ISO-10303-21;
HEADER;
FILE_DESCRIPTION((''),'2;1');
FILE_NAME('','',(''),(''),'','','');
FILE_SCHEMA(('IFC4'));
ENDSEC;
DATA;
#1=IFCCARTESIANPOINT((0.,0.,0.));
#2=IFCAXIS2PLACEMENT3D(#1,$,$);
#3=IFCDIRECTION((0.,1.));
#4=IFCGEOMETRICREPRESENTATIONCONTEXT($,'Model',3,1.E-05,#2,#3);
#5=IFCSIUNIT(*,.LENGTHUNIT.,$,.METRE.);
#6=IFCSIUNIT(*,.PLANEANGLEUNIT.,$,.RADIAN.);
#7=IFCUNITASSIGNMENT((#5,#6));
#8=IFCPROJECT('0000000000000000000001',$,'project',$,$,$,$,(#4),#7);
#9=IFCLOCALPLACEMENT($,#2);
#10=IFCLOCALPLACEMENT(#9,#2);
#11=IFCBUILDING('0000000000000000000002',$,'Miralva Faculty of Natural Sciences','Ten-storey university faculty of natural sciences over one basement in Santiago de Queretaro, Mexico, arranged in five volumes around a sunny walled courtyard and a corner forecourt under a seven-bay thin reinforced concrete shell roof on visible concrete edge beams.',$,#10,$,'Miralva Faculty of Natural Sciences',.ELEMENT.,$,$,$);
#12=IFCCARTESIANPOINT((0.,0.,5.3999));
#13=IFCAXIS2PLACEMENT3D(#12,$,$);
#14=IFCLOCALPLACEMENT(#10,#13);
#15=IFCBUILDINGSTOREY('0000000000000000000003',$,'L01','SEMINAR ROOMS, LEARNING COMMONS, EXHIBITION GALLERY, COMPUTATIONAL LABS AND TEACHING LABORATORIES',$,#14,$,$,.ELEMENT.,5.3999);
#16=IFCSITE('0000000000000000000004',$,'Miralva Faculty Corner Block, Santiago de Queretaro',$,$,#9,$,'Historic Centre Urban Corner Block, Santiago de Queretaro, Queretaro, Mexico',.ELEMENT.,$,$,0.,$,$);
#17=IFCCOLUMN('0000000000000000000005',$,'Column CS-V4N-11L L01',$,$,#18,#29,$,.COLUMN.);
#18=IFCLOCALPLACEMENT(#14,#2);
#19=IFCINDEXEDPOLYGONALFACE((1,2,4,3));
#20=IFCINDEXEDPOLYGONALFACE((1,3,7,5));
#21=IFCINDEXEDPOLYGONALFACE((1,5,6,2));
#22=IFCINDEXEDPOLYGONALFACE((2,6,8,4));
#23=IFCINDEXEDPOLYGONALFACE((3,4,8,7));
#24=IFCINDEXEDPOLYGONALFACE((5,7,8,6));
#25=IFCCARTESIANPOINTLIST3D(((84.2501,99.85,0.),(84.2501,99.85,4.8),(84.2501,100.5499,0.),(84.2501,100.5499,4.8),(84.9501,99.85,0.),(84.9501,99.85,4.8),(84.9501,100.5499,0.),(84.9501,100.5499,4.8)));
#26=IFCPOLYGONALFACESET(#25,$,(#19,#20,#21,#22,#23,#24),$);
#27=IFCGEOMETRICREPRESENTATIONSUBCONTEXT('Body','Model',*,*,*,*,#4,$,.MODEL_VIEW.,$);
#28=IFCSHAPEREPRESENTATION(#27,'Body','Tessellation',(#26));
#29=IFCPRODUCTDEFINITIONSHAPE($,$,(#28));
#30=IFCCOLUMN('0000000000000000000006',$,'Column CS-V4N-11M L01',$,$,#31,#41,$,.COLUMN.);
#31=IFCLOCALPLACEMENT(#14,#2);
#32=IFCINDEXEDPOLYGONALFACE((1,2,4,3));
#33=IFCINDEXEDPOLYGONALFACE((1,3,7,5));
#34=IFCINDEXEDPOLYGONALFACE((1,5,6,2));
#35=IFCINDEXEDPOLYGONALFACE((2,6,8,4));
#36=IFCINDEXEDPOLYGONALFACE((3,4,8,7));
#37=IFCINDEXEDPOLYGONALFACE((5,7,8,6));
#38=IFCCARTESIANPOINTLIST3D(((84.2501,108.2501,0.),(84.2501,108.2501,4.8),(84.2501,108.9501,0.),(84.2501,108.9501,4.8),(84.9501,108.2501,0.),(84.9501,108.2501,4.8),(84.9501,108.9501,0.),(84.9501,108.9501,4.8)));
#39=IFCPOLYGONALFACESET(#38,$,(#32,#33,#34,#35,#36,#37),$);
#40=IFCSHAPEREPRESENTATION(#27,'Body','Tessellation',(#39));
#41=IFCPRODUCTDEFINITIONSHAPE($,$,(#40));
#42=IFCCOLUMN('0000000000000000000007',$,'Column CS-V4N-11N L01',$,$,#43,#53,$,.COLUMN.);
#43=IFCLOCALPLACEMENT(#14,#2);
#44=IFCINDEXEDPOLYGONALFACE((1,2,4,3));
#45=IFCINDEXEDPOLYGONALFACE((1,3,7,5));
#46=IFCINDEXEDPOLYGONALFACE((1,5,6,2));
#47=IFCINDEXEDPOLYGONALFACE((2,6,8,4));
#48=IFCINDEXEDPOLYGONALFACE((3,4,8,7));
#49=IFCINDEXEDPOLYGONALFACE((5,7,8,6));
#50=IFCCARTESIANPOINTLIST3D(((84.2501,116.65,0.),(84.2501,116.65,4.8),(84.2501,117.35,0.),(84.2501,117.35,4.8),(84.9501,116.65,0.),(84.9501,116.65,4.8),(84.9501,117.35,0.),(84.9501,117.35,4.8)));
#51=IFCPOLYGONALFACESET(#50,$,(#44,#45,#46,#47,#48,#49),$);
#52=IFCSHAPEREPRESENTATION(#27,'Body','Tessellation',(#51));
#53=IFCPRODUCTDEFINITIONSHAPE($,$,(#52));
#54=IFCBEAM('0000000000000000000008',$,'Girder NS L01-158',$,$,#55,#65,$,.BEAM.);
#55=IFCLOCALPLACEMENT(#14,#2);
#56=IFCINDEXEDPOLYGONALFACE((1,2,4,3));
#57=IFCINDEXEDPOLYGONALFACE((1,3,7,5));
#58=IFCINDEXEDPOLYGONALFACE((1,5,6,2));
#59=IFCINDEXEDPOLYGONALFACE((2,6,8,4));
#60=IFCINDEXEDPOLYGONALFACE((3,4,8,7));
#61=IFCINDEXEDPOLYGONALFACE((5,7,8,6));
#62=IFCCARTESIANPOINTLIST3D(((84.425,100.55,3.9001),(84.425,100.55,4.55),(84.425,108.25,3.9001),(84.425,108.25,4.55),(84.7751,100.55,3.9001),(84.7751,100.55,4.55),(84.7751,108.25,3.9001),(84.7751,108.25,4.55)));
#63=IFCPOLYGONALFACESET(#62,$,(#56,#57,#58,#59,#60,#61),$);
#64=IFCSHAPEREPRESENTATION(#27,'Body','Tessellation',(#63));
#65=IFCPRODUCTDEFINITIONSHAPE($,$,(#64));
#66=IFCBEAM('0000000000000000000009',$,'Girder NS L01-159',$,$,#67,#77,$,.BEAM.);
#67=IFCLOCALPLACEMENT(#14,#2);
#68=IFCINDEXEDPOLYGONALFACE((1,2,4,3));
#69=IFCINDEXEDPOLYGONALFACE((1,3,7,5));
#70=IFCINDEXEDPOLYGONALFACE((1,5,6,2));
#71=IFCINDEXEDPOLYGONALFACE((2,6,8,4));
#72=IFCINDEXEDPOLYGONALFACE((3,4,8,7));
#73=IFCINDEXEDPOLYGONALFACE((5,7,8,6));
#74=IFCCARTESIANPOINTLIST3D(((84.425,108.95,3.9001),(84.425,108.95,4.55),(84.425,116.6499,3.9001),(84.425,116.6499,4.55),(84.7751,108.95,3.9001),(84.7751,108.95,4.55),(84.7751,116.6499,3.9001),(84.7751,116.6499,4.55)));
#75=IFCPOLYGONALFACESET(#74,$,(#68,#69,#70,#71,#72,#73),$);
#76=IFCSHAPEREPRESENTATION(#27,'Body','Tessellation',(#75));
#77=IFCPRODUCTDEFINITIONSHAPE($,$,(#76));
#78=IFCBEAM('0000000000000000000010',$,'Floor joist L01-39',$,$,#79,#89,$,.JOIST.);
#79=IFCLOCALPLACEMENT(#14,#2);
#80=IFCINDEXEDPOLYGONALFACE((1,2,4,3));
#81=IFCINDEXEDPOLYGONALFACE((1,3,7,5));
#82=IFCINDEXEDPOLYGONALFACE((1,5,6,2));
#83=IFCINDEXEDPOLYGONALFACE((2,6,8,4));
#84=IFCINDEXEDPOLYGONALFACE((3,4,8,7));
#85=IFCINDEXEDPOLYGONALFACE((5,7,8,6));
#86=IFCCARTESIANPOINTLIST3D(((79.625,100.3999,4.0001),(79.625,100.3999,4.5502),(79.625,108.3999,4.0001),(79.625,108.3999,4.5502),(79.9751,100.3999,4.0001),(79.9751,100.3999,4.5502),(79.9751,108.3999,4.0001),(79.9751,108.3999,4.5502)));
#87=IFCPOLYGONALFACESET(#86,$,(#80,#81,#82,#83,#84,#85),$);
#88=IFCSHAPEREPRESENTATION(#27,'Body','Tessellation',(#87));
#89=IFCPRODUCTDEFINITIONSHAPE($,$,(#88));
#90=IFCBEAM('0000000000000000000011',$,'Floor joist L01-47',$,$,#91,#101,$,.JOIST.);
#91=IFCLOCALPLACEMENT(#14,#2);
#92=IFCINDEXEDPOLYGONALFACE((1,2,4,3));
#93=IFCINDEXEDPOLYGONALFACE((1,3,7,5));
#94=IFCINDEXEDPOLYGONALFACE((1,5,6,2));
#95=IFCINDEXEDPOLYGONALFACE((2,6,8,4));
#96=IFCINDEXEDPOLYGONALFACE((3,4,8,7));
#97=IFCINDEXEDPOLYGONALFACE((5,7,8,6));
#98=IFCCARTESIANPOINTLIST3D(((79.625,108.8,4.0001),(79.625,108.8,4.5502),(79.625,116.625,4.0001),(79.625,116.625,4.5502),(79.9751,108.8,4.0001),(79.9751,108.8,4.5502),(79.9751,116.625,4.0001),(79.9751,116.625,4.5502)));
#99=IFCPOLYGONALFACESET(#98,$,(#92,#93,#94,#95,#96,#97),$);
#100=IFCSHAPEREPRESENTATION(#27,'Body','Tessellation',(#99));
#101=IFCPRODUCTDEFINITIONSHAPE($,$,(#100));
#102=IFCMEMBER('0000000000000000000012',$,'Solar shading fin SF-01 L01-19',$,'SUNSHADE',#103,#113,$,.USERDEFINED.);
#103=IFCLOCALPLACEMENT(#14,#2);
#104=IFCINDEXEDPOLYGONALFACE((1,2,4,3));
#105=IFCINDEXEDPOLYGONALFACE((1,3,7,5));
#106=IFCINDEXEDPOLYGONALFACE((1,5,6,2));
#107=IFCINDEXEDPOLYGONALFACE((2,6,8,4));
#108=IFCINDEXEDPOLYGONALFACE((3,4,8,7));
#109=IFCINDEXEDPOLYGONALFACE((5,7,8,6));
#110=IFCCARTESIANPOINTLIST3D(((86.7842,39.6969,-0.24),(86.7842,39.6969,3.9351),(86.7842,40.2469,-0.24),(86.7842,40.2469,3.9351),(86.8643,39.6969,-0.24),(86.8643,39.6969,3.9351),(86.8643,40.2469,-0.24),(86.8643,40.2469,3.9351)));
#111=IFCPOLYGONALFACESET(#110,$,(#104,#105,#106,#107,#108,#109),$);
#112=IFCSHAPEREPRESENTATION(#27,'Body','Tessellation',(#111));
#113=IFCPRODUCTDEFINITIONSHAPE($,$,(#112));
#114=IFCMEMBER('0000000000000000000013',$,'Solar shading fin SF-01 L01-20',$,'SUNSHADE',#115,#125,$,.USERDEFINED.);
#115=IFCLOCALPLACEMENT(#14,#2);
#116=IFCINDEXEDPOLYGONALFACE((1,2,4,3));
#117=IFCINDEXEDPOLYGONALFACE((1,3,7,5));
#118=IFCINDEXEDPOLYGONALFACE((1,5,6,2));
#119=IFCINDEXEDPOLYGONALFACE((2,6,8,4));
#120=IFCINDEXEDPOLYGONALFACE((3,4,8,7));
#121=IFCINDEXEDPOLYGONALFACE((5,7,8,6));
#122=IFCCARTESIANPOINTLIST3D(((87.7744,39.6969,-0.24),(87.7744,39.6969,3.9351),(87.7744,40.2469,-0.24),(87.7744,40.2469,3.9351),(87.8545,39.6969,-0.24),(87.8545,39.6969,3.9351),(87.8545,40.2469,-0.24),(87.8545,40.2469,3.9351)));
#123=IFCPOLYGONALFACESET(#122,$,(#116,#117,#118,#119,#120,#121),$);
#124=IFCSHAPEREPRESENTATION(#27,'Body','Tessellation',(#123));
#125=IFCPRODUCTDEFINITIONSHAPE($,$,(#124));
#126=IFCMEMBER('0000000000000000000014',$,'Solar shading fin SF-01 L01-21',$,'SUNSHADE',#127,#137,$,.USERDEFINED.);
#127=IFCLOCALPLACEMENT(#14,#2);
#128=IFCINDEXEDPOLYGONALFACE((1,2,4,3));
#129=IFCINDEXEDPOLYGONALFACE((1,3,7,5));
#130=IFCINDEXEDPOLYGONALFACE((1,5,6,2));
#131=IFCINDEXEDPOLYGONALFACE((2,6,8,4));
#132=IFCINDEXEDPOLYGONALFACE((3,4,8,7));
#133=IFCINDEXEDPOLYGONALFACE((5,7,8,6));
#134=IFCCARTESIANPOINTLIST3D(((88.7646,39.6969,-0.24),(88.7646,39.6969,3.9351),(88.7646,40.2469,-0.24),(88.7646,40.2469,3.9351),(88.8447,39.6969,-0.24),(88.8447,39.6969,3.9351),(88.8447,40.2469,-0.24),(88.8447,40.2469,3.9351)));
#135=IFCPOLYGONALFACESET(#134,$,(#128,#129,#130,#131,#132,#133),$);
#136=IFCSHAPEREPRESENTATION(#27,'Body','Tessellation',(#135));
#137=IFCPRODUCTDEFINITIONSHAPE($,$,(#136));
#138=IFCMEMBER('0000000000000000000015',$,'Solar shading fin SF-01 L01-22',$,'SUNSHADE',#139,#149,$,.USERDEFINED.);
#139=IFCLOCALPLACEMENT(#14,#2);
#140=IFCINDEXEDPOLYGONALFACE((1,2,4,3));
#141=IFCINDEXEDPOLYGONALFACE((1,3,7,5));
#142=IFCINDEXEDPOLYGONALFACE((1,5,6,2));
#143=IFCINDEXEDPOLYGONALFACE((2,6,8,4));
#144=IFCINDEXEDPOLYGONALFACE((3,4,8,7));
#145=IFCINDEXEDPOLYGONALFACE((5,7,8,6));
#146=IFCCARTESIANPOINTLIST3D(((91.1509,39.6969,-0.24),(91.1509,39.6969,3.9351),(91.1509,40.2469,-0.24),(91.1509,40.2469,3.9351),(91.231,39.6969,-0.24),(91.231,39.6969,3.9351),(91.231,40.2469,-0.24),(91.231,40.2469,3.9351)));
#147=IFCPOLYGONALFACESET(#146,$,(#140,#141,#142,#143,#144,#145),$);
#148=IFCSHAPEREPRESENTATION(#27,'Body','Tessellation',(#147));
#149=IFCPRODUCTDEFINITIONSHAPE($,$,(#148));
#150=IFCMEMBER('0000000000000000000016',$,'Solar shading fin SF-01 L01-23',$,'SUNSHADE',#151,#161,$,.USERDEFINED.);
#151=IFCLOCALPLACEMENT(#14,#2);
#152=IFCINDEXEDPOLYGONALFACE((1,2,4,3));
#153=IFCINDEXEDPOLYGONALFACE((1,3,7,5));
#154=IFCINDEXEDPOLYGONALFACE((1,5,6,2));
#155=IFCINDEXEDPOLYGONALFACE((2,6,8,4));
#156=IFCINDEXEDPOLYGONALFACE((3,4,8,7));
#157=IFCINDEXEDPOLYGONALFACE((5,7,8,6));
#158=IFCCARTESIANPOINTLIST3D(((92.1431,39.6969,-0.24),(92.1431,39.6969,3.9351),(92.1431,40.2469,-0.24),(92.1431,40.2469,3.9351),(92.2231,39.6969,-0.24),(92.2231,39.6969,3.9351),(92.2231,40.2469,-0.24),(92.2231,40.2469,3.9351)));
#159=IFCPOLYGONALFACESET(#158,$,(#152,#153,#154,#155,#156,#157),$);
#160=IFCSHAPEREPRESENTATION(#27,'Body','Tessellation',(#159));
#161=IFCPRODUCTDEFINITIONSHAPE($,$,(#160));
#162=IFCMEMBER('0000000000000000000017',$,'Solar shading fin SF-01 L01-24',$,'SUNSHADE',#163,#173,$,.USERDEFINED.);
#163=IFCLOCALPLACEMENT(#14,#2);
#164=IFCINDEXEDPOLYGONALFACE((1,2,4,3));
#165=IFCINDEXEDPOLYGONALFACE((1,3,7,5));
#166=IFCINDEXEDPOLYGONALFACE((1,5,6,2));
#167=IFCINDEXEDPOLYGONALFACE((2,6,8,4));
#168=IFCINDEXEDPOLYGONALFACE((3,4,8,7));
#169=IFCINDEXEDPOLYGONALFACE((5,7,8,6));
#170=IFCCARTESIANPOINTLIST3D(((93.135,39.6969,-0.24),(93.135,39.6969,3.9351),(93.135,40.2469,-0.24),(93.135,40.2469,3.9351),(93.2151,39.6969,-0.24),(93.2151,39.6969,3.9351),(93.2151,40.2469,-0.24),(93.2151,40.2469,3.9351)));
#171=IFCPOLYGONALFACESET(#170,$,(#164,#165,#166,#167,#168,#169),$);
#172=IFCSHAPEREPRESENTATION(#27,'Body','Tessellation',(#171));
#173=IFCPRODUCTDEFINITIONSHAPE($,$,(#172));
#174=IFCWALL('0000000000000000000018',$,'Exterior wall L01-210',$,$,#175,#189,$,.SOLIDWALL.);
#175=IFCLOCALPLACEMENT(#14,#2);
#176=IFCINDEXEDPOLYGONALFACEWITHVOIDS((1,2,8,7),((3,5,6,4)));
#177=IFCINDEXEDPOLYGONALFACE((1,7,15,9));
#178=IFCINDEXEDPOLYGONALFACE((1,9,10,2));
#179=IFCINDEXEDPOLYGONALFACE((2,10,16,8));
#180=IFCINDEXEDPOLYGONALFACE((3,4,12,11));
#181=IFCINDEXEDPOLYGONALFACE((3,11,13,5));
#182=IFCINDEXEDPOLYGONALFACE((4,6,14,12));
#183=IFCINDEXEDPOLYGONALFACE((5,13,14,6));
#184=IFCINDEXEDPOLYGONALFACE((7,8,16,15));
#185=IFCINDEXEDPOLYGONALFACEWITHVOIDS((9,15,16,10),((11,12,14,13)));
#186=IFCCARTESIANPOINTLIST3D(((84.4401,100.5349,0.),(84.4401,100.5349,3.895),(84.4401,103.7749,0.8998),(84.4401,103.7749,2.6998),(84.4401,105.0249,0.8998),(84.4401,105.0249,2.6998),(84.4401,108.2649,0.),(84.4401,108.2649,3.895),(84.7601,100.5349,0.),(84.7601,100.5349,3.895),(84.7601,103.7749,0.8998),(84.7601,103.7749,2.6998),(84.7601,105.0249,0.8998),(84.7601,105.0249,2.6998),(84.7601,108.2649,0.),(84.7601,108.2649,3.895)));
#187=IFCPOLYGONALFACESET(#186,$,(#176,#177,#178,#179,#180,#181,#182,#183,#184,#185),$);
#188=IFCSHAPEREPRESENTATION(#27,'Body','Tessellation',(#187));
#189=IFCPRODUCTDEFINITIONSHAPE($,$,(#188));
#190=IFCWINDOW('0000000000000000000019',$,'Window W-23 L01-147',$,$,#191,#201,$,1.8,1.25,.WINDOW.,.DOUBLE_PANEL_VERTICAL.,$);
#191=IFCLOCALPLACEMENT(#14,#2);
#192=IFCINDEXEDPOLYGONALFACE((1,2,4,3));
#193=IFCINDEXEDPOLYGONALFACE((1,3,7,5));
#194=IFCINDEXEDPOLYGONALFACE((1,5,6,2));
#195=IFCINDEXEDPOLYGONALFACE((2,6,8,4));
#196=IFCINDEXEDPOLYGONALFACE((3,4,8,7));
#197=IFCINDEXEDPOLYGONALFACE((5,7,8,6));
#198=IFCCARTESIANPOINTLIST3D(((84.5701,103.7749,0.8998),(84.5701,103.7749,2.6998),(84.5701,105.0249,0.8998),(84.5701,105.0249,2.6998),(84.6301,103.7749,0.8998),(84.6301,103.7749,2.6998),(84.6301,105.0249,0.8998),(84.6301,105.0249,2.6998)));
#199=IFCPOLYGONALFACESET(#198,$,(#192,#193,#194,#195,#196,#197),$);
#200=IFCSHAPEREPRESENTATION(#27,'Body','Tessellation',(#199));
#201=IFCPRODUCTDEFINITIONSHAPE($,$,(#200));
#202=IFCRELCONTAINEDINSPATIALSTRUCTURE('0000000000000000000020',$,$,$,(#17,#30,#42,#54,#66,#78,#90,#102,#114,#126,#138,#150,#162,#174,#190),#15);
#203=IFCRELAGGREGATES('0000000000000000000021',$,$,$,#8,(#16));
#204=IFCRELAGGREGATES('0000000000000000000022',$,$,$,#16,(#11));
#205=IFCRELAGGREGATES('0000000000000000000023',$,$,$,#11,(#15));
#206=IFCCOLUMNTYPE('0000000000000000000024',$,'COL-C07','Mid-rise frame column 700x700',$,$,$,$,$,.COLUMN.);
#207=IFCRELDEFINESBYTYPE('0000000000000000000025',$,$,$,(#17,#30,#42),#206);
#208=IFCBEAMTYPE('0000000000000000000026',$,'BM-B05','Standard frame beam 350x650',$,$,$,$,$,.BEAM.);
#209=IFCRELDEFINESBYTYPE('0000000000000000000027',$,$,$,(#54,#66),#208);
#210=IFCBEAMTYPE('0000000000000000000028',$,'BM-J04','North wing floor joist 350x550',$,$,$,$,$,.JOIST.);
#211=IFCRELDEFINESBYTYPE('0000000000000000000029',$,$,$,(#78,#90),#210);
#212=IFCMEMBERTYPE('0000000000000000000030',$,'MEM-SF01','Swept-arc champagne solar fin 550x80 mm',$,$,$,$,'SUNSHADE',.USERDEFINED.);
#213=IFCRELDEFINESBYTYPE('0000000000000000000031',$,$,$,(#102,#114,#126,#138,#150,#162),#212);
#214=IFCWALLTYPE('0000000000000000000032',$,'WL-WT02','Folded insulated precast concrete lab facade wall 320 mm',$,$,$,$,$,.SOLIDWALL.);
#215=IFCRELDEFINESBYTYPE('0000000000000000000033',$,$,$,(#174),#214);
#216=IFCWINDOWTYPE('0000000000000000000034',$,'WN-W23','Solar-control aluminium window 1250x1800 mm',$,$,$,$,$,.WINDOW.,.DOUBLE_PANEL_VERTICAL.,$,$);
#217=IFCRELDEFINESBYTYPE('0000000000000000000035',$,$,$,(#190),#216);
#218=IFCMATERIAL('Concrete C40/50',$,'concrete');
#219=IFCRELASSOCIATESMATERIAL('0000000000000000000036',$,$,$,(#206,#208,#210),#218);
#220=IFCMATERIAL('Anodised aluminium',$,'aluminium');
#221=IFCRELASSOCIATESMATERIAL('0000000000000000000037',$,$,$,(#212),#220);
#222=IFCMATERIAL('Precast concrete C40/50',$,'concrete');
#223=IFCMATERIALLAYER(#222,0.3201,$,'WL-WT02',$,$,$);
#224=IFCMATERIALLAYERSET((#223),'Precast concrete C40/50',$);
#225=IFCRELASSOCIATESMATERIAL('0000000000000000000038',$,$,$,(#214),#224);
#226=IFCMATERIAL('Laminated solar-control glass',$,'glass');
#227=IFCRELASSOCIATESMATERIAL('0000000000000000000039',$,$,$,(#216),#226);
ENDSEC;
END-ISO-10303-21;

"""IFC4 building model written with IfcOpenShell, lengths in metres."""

from ifc_helpers import new_model, si_unit, direction, frame, frame_2d, origin, origin_2d, place, context, subcontext, project, spatial, rectangle, extrude, material, layer, layer_set, material_profile, profile_set, type_object, element, fill, save


model = new_model("IFC4")

# Units and contexts
model_context = context("Model", 3, precision=1e-05, world=origin(), true_north=direction((0.0, 1.0)))
body_context = subcontext(model_context, "Body", "Model", "MODEL_VIEW")
ifc_project = project(units=[si_unit("LENGTHUNIT", "METRE"), si_unit("PLANEANGLEUNIT", "RADIAN")], contexts=[model_context])

# Site, building, storey
site_placement = place(None, origin())
site = spatial("IfcSite", under=ifc_project, at=site_placement, Name="Miralva Faculty Corner Block, Santiago de Queretaro", LongName="Historic Centre Urban Corner Block, Santiago de Queretaro, Queretaro, Mexico", CompositionType="ELEMENT", RefElevation=0.0)
building_placement = place(site_placement, origin())
building = spatial("IfcBuilding", under=site, at=building_placement, Name="Miralva Faculty of Natural Sciences", Description="Ten-storey university faculty of natural sciences over one basement in Santiago de Queretaro, Mexico, arranged in five volumes around a sunny walled courtyard and a corner forecourt under a seven-bay thin reinforced concrete shell roof on visible concrete edge beams.", LongName="Miralva Faculty of Natural Sciences", CompositionType="ELEMENT")
storey_placement = place(building_placement, frame((0.0, 0.0, 5.3999)))
storey = spatial("IfcBuildingStorey", under=building, at=storey_placement, Name="L01", Description="SEMINAR ROOMS, LEARNING COMMONS, EXHIBITION GALLERY, COMPUTATIONAL LABS AND TEACHING LABORATORIES", CompositionType="ELEMENT", Elevation=5.3999)

# Columns
ifc_material_1 = material(Name="Concrete C40/50", Category="concrete")
ifc_material_profile_1 = material_profile(ifc_material_1, rectangle(XDim=0.7, YDim=0.7, at=origin_2d()), Name="RC 700x700")
ifc_profile_set_1 = profile_set([ifc_material_profile_1], Name="Concrete C40/50")
column_type = type_object("IfcColumnType", Name="COL-C07", Description="Mid-rise frame column 700x700", PredefinedType="COLUMN", material=ifc_profile_set_1)
for number, where, z_axis, x_axis, name in (
    (1, (84.6001, 100.2, 0.0), (0.0, 0.0, 1.0), (1.0, 0.0, 0.0), "Column CS-V4N-11L L01"),
    (2, (84.6001, 108.6001, 0.0), (0.0, 0.0, 1.0), (1.0, 0.0, 0.0), "Column CS-V4N-11M L01"),
    (3, (84.6001, 117.0, 0.0), (0.0, 0.0, 1.0), (1.0, 0.0, 0.0), "Column CS-V4N-11N L01"),
):
    element("IfcColumn", number, at=place(storey_placement, frame(where, z_axis=z_axis, x_axis=x_axis)), inside=storey, type_object=column_type, Name=name, PredefinedType="COLUMN", context=body_context, shape_type="SweptSolid", body=[
        extrude(rectangle(XDim=0.7, YDim=0.7, at=origin_2d()), origin(), (0.0, 0.0, 1.0), 4.8),
    ])

# Beams
ifc_material_profile_2 = material_profile(ifc_material_1, rectangle(XDim=0.3501, YDim=0.6499, at=origin_2d()), Name="RC 350x650")
ifc_profile_set_2 = profile_set([ifc_material_profile_2], Name="Concrete C40/50")
beam_type_1 = type_object("IfcBeamType", Name="BM-B05", Description="Standard frame beam 350x650", PredefinedType="BEAM", material=ifc_profile_set_2)
for number, where, z_axis, x_axis, name in (
    (4, (84.6001, 100.55, 4.2251), (0.0, 1.0, 0.0), (-1.0, 0.0, 0.0), "Girder NS L01-158"),
    (5, (84.6001, 108.95, 4.2251), (0.0, 1.0, 0.0), (-1.0, 0.0, 0.0), "Girder NS L01-159"),
):
    element("IfcBeam", number, at=place(storey_placement, frame(where, z_axis=z_axis, x_axis=x_axis)), inside=storey, type_object=beam_type_1, Name=name, PredefinedType="BEAM", context=body_context, shape_type="SweptSolid", body=[
        extrude(rectangle(XDim=0.3501, YDim=0.6499, at=origin_2d()), origin(), (0.0, 0.0, 1.0), 7.7),
    ])
ifc_material_profile_3 = material_profile(ifc_material_1, rectangle(XDim=0.3501, YDim=0.55, at=origin_2d()), Name="RC 350x550")
ifc_profile_set_3 = profile_set([ifc_material_profile_3], Name="Concrete C40/50")
beam_type_2 = type_object("IfcBeamType", Name="BM-J04", Description="North wing floor joist 350x550", PredefinedType="JOIST", material=ifc_profile_set_3)
beam_1_placement = place(storey_placement, frame((79.8, 100.3999, 4.2751), z_axis=(0.0, 1.0, 0.0), x_axis=(-1.0, 0.0, 0.0)))
element("IfcBeam", 6, at=beam_1_placement, inside=storey, type_object=beam_type_2, Name="Floor joist L01-39", PredefinedType="JOIST", context=body_context, shape_type="SweptSolid", body=[
    extrude(rectangle(XDim=0.3501, YDim=0.55, at=origin_2d()), origin(), (0.0, 0.0, 1.0), 8.0),
])
beam_2_placement = place(storey_placement, frame((79.8, 108.8, 4.2751), z_axis=(0.0, 1.0, 0.0), x_axis=(-1.0, 0.0, 0.0)))
element("IfcBeam", 7, at=beam_2_placement, inside=storey, type_object=beam_type_2, Name="Floor joist L01-47", PredefinedType="JOIST", context=body_context, shape_type="SweptSolid", body=[
    extrude(rectangle(XDim=0.3501, YDim=0.55, at=origin_2d()), origin(), (0.0, 0.0, 1.0), 7.825),
])

# Members
ifc_material_2 = material(Name="Anodised aluminium", Category="aluminium")
ifc_material_profile_4 = material_profile(ifc_material_2, rectangle(XDim=0.0801, YDim=0.55, at=origin_2d()), Name="FIN 550x80")
ifc_profile_set_4 = profile_set([ifc_material_profile_4], Name="Anodised aluminium")
member_type = type_object("IfcMemberType", Name="MEM-SF01", Description="Swept-arc champagne solar fin 550x80 mm", ElementType="SUNSHADE", PredefinedType="USERDEFINED", material=ifc_profile_set_4)
for number, where, z_axis, x_axis, name in (
    (8, (86.8242, 39.9719, -0.24), (0.0, 0.0, 1.0), (-1.0, 0.0, 0.0), "Solar shading fin SF-01 L01-19"),
    (9, (87.8145, 39.9719, -0.24), (0.0, 0.0, 1.0), (-1.0, 0.0, 0.0), "Solar shading fin SF-01 L01-20"),
    (10, (88.8047, 39.9719, -0.24), (0.0, 0.0, 1.0), (-1.0, 0.0, 0.0), "Solar shading fin SF-01 L01-21"),
    (11, (91.1909, 39.9719, -0.24), (0.0, 0.0, 1.0), (-1.0, 0.0, 0.0), "Solar shading fin SF-01 L01-22"),
    (12, (92.1831, 39.9719, -0.24), (0.0, 0.0, 1.0), (-1.0, 0.0, 0.0), "Solar shading fin SF-01 L01-23"),
    (13, (93.175, 39.9719, -0.24), (0.0, 0.0, 1.0), (-1.0, 0.0, 0.0), "Solar shading fin SF-01 L01-24"),
):
    element("IfcMember", number, at=place(storey_placement, frame(where, z_axis=z_axis, x_axis=x_axis)), inside=storey, type_object=member_type, Name=name, ObjectType="SUNSHADE", PredefinedType="USERDEFINED", context=body_context, shape_type="SweptSolid", body=[
        extrude(rectangle(XDim=0.0801, YDim=0.55, at=origin_2d()), origin(), (0.0, 0.0, 1.0), 4.175),
    ])

# Wall, opening, window
ifc_material_3 = material(Name="Precast concrete C40/50", Category="concrete")
ifc_layer = layer(ifc_material_3, 0.3201, Name="WL-WT02")
ifc_layer_set = layer_set([ifc_layer], Name="Precast concrete C40/50")
wall_type = type_object("IfcWallType", Name="WL-WT02", Description="Folded insulated precast concrete lab facade wall 320 mm", PredefinedType="SOLIDWALL", material=ifc_layer_set)
wall_1_placement = place(storey_placement, frame((84.6001, 100.5349, 0.0), z_axis=(0.0, 0.0, 1.0), x_axis=(0.0, 1.0, 0.0)))
wall_1 = element("IfcWall", 14, at=wall_1_placement, inside=storey, type_object=wall_type, Name="Exterior wall L01-210", PredefinedType="SOLIDWALL", context=body_context, shape_type="SweptSolid", body=[
    extrude(rectangle(XDim=7.73, YDim=0.3201, at=frame_2d((3.865, 0.0))), origin(), (0.0, 0.0, 1.0), 3.895),
])
opening_1_placement = place(wall_1_placement, frame((3.24, 0.0, 0.8999)))
opening_1 = element("IfcOpeningElement", 15, at=opening_1_placement, cuts=wall_1, PredefinedType="OPENING", context=body_context, shape_type="SweptSolid", body=[
    extrude(rectangle(XDim=1.25, YDim=1.8, at=frame_2d((0.625, 0.8999))), frame((0.0, 0.1699, 0.0), z_axis=(0.0, -1.0, 0.0), x_axis=(1.0, 0.0, 0.0)), (0.0, 0.0, 1.0), 0.3401),
])
ifc_material_4 = material(Name="Laminated solar-control glass", Category="glass")
window_type_1 = type_object("IfcWindowType", Name="WN-W23", Description="Solar-control aluminium window 1250x1800 mm", PartitioningType="DOUBLE_PANEL_VERTICAL", PredefinedType="WINDOW", material=ifc_material_4)
window_1_placement = place(opening_1_placement, frame((1.25, 0.0, 0.0), z_axis=(0.0, 0.0, 1.0), x_axis=(-1.0, 0.0, 0.0)))
window_1 = element("IfcWindow", 16, at=window_1_placement, inside=storey, type_object=window_type_1, Name="Window W-23 L01-147", OverallHeight=1.8, OverallWidth=1.25, PartitioningType="DOUBLE_PANEL_VERTICAL", PredefinedType="WINDOW", context=body_context, shape_type="SweptSolid", body=[
    extrude(rectangle(XDim=1.25, YDim=1.8, at=frame_2d((0.625, 0.8999))), frame((0.0, 0.03, 0.0), z_axis=(0.0, -1.0, 0.0), x_axis=(1.0, 0.0, 0.0)), (0.0, 0.0, 1.0), 0.0601),
])
fill(opening_1, window_1)

save(model, "model.ifc")
